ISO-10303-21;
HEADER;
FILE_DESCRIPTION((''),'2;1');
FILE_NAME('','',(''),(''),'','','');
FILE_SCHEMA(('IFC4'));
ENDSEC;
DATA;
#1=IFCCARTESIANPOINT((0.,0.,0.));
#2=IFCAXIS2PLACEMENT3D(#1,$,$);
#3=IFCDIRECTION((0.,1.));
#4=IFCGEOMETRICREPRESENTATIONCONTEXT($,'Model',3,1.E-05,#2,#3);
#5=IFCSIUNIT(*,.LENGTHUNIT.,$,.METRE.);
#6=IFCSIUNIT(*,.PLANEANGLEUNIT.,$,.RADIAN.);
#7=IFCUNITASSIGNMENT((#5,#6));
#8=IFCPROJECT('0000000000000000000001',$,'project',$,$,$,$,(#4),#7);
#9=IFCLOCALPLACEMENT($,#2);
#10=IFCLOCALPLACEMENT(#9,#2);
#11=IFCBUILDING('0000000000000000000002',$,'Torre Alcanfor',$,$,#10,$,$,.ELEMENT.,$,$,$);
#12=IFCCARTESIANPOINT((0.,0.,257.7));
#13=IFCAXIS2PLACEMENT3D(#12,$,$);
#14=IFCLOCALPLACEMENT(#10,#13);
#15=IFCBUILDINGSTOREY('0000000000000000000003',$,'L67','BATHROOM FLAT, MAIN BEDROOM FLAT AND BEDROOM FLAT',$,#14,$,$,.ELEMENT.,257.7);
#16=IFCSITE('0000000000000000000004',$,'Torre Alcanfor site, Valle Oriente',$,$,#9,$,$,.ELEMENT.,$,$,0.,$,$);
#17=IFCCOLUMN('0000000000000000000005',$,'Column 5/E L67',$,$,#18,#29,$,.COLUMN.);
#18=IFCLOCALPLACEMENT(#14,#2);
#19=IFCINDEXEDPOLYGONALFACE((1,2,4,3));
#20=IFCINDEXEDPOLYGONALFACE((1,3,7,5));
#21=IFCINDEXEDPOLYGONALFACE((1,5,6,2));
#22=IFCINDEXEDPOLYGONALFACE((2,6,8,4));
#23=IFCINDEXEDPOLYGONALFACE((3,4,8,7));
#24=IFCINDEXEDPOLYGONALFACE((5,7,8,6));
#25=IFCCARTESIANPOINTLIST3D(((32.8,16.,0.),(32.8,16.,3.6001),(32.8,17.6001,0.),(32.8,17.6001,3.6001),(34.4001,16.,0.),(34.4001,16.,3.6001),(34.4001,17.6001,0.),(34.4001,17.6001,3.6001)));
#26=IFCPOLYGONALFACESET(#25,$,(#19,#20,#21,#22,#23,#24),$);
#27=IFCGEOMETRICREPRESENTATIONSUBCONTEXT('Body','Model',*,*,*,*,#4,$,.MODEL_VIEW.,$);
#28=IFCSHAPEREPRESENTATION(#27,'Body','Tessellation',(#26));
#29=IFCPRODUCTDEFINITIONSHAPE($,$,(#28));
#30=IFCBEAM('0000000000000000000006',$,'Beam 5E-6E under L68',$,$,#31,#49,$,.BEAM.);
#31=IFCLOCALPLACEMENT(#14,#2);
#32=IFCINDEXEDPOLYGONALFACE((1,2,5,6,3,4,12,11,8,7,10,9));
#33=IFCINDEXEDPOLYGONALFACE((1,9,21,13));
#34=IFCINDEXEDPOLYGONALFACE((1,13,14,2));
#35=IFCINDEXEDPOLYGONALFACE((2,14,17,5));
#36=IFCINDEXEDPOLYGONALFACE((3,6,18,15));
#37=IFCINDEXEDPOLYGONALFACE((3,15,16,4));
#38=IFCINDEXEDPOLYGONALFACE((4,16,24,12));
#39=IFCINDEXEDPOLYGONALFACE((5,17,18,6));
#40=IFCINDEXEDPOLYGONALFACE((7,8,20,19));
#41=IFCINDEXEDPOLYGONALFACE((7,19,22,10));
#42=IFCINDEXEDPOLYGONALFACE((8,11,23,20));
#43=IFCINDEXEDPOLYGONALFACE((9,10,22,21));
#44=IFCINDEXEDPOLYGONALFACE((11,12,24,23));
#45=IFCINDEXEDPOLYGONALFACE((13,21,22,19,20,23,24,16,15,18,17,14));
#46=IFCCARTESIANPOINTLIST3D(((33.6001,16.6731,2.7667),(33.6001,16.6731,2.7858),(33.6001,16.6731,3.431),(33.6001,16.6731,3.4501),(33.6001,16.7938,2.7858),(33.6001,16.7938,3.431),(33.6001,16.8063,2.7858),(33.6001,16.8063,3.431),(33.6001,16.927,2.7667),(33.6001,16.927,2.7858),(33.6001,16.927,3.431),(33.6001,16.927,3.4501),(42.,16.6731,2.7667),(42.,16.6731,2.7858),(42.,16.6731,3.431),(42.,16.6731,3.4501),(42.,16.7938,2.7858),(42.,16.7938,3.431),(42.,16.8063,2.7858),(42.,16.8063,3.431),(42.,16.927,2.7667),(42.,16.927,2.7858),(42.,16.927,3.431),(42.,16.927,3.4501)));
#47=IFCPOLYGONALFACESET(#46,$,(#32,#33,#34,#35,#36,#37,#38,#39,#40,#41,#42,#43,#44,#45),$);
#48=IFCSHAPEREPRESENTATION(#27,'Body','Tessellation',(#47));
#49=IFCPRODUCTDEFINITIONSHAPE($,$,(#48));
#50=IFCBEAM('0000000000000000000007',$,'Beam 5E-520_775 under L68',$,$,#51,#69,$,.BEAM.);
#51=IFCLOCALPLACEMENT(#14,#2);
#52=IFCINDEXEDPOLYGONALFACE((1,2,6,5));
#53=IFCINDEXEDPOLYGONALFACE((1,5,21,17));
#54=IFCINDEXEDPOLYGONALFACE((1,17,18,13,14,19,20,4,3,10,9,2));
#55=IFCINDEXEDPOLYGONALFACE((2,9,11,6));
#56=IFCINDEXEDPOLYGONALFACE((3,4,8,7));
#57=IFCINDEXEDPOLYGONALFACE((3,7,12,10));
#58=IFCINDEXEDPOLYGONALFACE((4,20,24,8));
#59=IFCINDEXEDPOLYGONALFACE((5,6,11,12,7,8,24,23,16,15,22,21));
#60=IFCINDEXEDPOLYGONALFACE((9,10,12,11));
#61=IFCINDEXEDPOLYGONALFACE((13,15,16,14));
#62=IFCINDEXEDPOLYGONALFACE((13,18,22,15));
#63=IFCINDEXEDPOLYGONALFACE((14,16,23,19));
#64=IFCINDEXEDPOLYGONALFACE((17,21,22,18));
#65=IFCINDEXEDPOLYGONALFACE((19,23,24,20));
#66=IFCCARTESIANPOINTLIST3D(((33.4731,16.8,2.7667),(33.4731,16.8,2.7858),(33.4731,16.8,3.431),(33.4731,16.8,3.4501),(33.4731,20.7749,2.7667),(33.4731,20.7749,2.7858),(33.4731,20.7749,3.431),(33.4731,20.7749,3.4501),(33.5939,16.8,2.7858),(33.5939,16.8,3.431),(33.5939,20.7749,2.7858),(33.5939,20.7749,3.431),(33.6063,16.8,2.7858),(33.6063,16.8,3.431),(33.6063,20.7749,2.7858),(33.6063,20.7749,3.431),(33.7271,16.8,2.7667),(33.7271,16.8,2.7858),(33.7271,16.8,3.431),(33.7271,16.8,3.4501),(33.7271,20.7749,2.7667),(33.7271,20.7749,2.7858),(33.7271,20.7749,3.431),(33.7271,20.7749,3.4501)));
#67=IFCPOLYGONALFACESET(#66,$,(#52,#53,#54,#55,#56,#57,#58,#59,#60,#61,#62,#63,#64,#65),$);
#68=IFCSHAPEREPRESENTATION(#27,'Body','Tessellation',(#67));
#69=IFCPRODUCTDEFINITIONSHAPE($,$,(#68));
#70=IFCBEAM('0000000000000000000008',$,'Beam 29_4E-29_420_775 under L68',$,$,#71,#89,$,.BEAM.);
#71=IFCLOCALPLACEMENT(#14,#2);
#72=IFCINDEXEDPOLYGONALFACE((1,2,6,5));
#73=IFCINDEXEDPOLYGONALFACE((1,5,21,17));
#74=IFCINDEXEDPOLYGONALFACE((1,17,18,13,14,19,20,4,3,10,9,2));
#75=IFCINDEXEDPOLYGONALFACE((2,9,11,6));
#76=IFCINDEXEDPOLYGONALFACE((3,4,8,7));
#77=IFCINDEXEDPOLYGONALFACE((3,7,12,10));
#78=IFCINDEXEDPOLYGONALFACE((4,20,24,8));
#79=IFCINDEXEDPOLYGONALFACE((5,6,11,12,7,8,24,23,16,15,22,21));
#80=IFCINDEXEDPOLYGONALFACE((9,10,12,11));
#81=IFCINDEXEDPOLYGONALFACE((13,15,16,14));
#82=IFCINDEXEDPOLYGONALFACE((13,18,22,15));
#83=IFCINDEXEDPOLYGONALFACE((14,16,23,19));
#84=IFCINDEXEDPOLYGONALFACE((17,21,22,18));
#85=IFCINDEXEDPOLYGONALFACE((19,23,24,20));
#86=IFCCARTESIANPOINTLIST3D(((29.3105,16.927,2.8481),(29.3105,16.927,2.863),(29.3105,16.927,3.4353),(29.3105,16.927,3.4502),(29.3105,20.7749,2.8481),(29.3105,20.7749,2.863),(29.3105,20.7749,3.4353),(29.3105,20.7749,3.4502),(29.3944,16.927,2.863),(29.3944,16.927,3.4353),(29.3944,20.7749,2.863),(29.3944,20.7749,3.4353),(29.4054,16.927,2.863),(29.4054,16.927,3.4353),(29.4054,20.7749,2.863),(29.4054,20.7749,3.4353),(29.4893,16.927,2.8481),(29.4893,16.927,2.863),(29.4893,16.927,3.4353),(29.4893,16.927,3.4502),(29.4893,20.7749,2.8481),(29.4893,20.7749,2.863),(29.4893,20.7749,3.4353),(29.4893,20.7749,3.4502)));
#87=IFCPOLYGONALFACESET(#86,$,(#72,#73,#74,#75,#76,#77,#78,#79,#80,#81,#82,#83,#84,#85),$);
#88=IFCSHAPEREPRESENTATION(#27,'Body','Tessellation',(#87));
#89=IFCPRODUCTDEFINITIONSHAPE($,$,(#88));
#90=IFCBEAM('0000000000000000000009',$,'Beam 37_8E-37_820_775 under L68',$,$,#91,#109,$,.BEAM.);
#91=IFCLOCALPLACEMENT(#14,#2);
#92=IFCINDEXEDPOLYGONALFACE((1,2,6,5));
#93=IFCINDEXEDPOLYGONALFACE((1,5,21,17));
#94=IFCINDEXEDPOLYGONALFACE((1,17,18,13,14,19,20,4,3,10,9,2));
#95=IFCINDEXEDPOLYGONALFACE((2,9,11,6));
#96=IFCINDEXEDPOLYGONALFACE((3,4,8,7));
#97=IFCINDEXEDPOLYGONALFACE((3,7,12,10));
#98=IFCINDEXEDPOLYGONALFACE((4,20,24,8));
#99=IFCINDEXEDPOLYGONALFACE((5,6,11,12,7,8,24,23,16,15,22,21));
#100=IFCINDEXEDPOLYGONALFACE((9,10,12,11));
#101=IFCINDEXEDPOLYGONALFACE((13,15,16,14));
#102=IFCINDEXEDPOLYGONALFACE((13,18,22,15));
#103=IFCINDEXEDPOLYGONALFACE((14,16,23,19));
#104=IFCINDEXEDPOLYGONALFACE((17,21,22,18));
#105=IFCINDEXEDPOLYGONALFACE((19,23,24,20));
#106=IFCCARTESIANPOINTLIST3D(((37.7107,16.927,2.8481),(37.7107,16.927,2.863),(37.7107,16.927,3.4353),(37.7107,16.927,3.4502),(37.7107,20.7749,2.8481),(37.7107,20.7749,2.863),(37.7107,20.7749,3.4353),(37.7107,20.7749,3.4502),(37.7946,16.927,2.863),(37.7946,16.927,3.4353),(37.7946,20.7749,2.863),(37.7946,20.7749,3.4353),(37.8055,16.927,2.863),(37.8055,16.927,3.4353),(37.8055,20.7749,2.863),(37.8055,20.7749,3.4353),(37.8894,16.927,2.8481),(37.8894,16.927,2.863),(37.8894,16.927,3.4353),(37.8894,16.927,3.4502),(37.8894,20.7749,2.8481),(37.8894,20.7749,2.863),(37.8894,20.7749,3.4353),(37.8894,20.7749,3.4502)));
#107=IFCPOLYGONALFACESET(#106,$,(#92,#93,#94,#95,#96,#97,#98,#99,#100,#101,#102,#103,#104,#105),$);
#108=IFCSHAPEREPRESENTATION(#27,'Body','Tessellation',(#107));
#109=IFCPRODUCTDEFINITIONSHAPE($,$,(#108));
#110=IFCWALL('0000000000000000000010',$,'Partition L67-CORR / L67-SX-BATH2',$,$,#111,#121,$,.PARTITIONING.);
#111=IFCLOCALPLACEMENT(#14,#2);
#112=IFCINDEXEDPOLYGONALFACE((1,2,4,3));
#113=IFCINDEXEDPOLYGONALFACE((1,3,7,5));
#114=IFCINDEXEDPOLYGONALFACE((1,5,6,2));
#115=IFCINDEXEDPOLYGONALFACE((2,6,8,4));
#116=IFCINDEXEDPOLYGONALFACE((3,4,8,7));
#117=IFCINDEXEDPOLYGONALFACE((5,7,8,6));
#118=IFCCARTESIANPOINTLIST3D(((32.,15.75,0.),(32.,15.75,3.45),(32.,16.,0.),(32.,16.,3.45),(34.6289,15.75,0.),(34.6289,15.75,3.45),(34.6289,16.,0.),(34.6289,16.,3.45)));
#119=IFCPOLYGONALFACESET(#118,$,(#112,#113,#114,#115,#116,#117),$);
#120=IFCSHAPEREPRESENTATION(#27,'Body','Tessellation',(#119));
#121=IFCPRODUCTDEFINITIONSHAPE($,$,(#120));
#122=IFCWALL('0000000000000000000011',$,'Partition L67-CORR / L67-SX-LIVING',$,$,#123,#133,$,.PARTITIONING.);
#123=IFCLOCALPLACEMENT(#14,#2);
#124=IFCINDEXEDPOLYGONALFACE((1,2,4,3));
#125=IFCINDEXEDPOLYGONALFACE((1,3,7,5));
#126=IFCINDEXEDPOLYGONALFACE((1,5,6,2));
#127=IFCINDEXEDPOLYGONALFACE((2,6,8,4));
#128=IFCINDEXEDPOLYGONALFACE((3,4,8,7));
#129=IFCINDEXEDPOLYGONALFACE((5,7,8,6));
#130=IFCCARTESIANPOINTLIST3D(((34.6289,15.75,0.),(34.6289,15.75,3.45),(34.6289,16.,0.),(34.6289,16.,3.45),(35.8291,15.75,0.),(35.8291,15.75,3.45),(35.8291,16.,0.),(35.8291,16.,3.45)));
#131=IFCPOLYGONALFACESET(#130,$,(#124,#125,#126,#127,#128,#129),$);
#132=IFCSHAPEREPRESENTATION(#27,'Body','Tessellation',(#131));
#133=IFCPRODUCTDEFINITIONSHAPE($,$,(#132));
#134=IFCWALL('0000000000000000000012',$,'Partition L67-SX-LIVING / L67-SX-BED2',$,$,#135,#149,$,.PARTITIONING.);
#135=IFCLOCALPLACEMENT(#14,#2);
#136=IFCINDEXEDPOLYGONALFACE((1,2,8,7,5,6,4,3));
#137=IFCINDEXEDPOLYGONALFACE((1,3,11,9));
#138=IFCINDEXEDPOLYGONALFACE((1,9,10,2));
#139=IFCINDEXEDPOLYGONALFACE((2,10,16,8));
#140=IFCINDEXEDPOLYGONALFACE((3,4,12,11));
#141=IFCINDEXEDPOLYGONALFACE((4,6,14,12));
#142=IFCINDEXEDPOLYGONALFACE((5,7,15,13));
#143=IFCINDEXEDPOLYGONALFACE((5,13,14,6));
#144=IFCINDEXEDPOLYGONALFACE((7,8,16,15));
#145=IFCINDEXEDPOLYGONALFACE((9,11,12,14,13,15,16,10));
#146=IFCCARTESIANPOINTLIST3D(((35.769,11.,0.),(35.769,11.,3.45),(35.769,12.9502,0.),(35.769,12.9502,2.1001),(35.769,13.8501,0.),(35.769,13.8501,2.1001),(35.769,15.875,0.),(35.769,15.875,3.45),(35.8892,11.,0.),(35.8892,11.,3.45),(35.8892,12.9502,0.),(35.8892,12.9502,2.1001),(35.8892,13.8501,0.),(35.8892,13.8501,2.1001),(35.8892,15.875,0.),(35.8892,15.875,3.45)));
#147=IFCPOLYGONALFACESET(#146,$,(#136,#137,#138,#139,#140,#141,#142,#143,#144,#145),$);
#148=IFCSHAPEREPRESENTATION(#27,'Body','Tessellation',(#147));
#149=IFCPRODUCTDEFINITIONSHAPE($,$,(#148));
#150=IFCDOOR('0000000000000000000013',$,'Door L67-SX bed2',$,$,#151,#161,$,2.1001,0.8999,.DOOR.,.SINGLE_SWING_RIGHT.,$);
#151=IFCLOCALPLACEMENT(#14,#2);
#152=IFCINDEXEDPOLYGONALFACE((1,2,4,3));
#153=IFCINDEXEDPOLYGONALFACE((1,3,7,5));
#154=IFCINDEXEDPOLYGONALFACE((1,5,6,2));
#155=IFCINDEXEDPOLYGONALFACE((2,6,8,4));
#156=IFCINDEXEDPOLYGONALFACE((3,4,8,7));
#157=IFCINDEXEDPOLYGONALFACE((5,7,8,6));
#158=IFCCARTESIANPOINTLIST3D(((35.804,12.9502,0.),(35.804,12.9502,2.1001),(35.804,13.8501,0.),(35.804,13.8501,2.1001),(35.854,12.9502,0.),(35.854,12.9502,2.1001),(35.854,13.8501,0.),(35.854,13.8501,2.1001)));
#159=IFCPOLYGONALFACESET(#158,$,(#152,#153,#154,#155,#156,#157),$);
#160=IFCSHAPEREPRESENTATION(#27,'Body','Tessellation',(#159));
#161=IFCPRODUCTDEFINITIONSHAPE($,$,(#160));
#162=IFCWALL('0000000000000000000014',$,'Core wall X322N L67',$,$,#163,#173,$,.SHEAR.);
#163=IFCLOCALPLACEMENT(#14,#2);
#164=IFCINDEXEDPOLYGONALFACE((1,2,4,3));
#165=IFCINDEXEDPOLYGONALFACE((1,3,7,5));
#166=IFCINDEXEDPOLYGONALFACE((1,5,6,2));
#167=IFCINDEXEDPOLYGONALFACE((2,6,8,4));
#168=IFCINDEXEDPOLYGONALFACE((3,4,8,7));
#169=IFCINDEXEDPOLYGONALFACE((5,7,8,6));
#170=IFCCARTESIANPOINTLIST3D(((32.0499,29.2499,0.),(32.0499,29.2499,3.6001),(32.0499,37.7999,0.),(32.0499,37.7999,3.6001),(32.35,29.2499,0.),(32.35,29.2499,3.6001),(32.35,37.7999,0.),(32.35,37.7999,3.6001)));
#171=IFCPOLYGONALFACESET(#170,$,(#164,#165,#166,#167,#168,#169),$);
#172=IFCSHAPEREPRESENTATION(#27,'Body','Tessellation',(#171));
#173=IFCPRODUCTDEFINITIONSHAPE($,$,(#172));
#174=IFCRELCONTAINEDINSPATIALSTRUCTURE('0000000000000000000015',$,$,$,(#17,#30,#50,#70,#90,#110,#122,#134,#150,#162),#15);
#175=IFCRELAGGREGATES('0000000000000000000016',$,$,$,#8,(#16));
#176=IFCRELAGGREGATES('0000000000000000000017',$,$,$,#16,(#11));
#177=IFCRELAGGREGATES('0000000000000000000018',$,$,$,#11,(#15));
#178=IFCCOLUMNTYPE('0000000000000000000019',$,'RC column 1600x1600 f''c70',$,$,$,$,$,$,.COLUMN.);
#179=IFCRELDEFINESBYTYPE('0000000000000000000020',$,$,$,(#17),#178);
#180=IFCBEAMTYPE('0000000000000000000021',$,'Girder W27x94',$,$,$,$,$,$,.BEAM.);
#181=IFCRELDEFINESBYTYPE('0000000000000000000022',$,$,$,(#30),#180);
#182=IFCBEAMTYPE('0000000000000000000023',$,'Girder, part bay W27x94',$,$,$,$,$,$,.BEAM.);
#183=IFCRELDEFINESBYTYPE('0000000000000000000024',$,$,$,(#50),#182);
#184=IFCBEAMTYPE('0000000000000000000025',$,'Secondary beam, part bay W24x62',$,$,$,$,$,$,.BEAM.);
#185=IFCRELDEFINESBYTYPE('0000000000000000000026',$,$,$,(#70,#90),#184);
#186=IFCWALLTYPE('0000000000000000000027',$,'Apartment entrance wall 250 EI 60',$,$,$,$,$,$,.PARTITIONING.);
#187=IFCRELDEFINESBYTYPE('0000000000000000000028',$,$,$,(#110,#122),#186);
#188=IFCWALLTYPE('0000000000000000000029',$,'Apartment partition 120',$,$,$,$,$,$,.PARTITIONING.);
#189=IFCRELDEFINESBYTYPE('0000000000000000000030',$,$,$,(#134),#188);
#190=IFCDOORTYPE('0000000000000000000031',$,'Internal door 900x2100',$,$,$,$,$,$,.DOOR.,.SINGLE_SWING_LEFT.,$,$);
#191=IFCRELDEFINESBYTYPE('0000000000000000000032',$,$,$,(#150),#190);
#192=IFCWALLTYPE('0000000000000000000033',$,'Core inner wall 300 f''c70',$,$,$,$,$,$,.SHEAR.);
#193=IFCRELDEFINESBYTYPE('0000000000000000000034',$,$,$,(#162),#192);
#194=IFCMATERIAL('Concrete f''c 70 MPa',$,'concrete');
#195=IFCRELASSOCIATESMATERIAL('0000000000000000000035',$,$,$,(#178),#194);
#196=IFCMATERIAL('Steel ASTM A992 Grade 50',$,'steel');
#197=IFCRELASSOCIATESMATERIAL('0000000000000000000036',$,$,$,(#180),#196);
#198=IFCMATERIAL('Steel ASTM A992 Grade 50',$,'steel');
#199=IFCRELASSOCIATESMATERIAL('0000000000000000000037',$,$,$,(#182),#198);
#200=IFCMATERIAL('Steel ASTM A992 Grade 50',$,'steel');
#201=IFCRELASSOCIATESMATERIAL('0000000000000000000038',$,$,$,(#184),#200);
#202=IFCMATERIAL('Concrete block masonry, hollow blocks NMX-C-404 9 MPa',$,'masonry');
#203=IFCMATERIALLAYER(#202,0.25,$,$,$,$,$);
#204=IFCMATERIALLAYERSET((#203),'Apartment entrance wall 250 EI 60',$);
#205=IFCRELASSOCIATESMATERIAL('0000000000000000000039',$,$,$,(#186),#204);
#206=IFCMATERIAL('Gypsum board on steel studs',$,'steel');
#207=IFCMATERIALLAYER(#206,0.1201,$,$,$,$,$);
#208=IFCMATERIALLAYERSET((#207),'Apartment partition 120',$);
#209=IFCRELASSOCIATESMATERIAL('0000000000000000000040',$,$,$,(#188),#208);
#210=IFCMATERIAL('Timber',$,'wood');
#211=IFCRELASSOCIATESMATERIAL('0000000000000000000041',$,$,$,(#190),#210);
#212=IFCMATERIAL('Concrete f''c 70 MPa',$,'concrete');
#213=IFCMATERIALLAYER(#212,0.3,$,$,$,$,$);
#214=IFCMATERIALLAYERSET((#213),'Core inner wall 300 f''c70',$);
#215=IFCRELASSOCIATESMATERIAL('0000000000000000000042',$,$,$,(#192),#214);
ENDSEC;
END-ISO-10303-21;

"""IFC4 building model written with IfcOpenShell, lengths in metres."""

from ifc_helpers import new_model, si_unit, direction, frame, frame_2d, origin, origin_2d, place, context, subcontext, project, spatial, rectangle, i_section, extrude, material, layer, layer_set, material_profile, profile_set, type_object, element, fill, save


model = new_model("IFC4")

# Units and contexts
model_context = context("Model", 3, precision=1e-05, world=origin(), true_north=direction((0.0, 1.0)))
body_context = subcontext(model_context, "Body", "Model", "MODEL_VIEW")
ifc_project = project(units=[si_unit("LENGTHUNIT", "METRE"), si_unit("PLANEANGLEUNIT", "RADIAN")], contexts=[model_context])

# Site, building, storey
site_placement = place(None, origin())
site = spatial("IfcSite", under=ifc_project, at=site_placement, Name="Torre Alcanfor site, Valle Oriente", CompositionType="ELEMENT", RefElevation=0.0)
building_placement = place(site_placement, origin())
building = spatial("IfcBuilding", under=site, at=building_placement, Name="Torre Alcanfor", CompositionType="ELEMENT")
storey_placement = place(building_placement, frame((0.0, 0.0, 257.7)))
storey = spatial("IfcBuildingStorey", under=building, at=storey_placement, Name="L67", Description="BATHROOM FLAT, MAIN BEDROOM FLAT AND BEDROOM FLAT", CompositionType="ELEMENT", Elevation=257.7)

# Column
ifc_material_1 = material(Name="Concrete f'c 70 MPa", Category="concrete")
ifc_material_profile_1 = material_profile(ifc_material_1, rectangle(XDim=1.6001, YDim=1.6001, at=origin_2d()), Name="1600x1600")
ifc_profile_set_1 = profile_set([ifc_material_profile_1], Name="Concrete f'c 70 MPa")
column_type = type_object("IfcColumnType", Name="RC column 1600x1600 f'c70", PredefinedType="COLUMN", material=ifc_profile_set_1)
column_placement = place(storey_placement, frame((33.6001, 16.8, 0.0), z_axis=(0.0, 0.0, 1.0), x_axis=(1.0, 0.0, 0.0)))
element("IfcColumn", 1, at=column_placement, inside=storey, type_object=column_type, Name="Column 5/E L67", PredefinedType="COLUMN", context=body_context, shape_type="SweptSolid", body=[
    extrude(rectangle(XDim=1.6001, YDim=1.6001, at=origin_2d()), origin(), (0.0, 0.0, 1.0), 3.6001),
])

# Beams
ifc_material_2 = material(Name="Steel ASTM A992 Grade 50", Category="steel")
ifc_material_profile_2 = material_profile(ifc_material_2, i_section(OverallWidth=0.2539, OverallDepth=0.6833, WebThickness=0.0125, FlangeThickness=0.019, at=origin_2d()), Name="W27x94")
ifc_profile_set_2 = profile_set([ifc_material_profile_2], Name="Steel ASTM A992 Grade 50")
beam_type_1 = type_object("IfcBeamType", Name="Girder W27x94", PredefinedType="BEAM", material=ifc_profile_set_2)
beam_1_placement = place(storey_placement, frame((33.6001, 16.8, 3.1084), z_axis=(1.0, 0.0, 0.0), x_axis=(0.0, 1.0, 0.0)))
element("IfcBeam", 2, at=beam_1_placement, inside=storey, type_object=beam_type_1, Name="Beam 5E-6E under L68", PredefinedType="BEAM", context=body_context, shape_type="SweptSolid", body=[
    extrude(i_section(OverallWidth=0.2539, OverallDepth=0.6833, WebThickness=0.0125, FlangeThickness=0.019, at=origin_2d()), origin(), (0.0, 0.0, 1.0), 8.3999),
])
ifc_material_3 = material(Name="Steel ASTM A992 Grade 50", Category="steel")
ifc_material_profile_3 = material_profile(ifc_material_3, i_section(OverallWidth=0.2539, OverallDepth=0.6833, WebThickness=0.0125, FlangeThickness=0.019, at=origin_2d()), Name="W27x94")
ifc_profile_set_3 = profile_set([ifc_material_profile_3], Name="Steel ASTM A992 Grade 50")
beam_type_2 = type_object("IfcBeamType", Name="Girder, part bay W27x94", PredefinedType="BEAM", material=ifc_profile_set_3)
beam_2_placement = place(storey_placement, frame((33.6001, 16.8, 3.1084), z_axis=(0.0, 1.0, 0.0), x_axis=(-1.0, 0.0, 0.0)))
element("IfcBeam", 3, at=beam_2_placement, inside=storey, type_object=beam_type_2, Name="Beam 5E-520_775 under L68", PredefinedType="BEAM", context=body_context, shape_type="SweptSolid", body=[
    extrude(i_section(OverallWidth=0.2539, OverallDepth=0.6833, WebThickness=0.0125, FlangeThickness=0.019, at=origin_2d()), origin(), (0.0, 0.0, 1.0), 3.9749),
])
ifc_material_4 = material(Name="Steel ASTM A992 Grade 50", Category="steel")
ifc_material_profile_4 = material_profile(ifc_material_4, i_section(OverallWidth=0.1787, OverallDepth=0.6021, WebThickness=0.011, FlangeThickness=0.0149, at=origin_2d()), Name="W24x62")
ifc_profile_set_4 = profile_set([ifc_material_profile_4], Name="Steel ASTM A992 Grade 50")
beam_type_3 = type_object("IfcBeamType", Name="Secondary beam, part bay W24x62", PredefinedType="BEAM", material=ifc_profile_set_4)
for number, where, z_axis, x_axis, name in (
    (4, (29.3999, 16.927, 3.1492), (0.0, 1.0, 0.0), (-1.0, 0.0, 0.0), "Beam 29_4E-29_420_775 under L68"),
    (5, (37.8, 16.927, 3.1492), (0.0, 1.0, 0.0), (-1.0, 0.0, 0.0), "Beam 37_8E-37_820_775 under L68"),
):
    element("IfcBeam", number, at=place(storey_placement, frame(where, z_axis=z_axis, x_axis=x_axis)), inside=storey, type_object=beam_type_3, Name=name, PredefinedType="BEAM", context=body_context, shape_type="SweptSolid", body=[
        extrude(i_section(OverallWidth=0.1787, OverallDepth=0.6021, WebThickness=0.011, FlangeThickness=0.0149, at=origin_2d()), origin(), (0.0, 0.0, 1.0), 3.8479),
    ])

# Walls
ifc_material_5 = material(Name="Concrete block masonry, hollow blocks NMX-C-404 9 MPa", Category="masonry")
ifc_layer_1 = layer(ifc_material_5, 0.25)
ifc_layer_set_1 = layer_set([ifc_layer_1], Name="Apartment entrance wall 250 EI 60")
wall_type_1 = type_object("IfcWallType", Name="Apartment entrance wall 250 EI 60", PredefinedType="PARTITIONING", material=ifc_layer_set_1)
wall_1_placement = place(storey_placement, frame((34.6289, 15.875, 0.0), z_axis=(0.0, 0.0, 1.0), x_axis=(-1.0, 0.0, 0.0)))
element("IfcWall", 6, at=wall_1_placement, inside=storey, type_object=wall_type_1, Name="Partition L67-CORR / L67-SX-BATH2", PredefinedType="PARTITIONING", context=body_context, shape_type="SweptSolid", body=[
    extrude(rectangle(XDim=2.6289, YDim=0.25, at=frame_2d((1.3145, 0.0))), origin(), (0.0, 0.0, 1.0), 3.45),
])
wall_2_placement = place(storey_placement, frame((35.8291, 15.875, 0.0), z_axis=(0.0, 0.0, 1.0), x_axis=(-1.0, 0.0, 0.0)))
element("IfcWall", 7, at=wall_2_placement, inside=storey, type_object=wall_type_1, Name="Partition L67-CORR / L67-SX-LIVING", PredefinedType="PARTITIONING", context=body_context, shape_type="SweptSolid", body=[
    extrude(rectangle(XDim=1.2002, YDim=0.25, at=frame_2d((0.6001, 0.0))), origin(), (0.0, 0.0, 1.0), 3.45),
])

# Wall, opening, door
ifc_material_6 = material(Name="Gypsum board on steel studs", Category="steel")
ifc_layer_2 = layer(ifc_material_6, 0.1201)
ifc_layer_set_2 = layer_set([ifc_layer_2], Name="Apartment partition 120")
wall_type_2 = type_object("IfcWallType", Name="Apartment partition 120", PredefinedType="PARTITIONING", material=ifc_layer_set_2)
wall_3_placement = place(storey_placement, frame((35.8291, 15.875, 0.0), z_axis=(0.0, 0.0, 1.0), x_axis=(0.0, -1.0, 0.0)))
wall_3 = element("IfcWall", 8, at=wall_3_placement, inside=storey, type_object=wall_type_2, Name="Partition L67-SX-LIVING / L67-SX-BED2", PredefinedType="PARTITIONING", context=body_context, shape_type="SweptSolid", body=[
    extrude(rectangle(XDim=4.875, YDim=0.1201, at=frame_2d((2.4375, 0.0))), origin(), (0.0, 0.0, 1.0), 3.45),
])
opening_1_placement = place(wall_3_placement, frame((2.0249, 0.0, 0.0)))
opening_1 = element("IfcOpeningElement", 9, at=opening_1_placement, cuts=wall_3, PredefinedType="OPENING", context=body_context, shape_type="SweptSolid", body=[
    extrude(rectangle(XDim=0.8999, YDim=2.1001, at=frame_2d((0.45, 1.05))), frame((0.0, 0.0701, 0.0), z_axis=(0.0, -1.0, 0.0), x_axis=(1.0, 0.0, 0.0)), (0.0, 0.0, 1.0), 0.1401),
])
ifc_material_7 = material(Name="Timber", Category="wood")
door_type_1 = type_object("IfcDoorType", Name="Internal door 900x2100", OperationType="SINGLE_SWING_LEFT", PredefinedType="DOOR", material=ifc_material_7)
door_1_placement = place(opening_1_placement, origin())
door_1 = element("IfcDoor", 10, at=door_1_placement, inside=storey, type_object=door_type_1, Name="Door L67-SX bed2", OperationType="SINGLE_SWING_RIGHT", OverallHeight=2.1001, OverallWidth=0.8999, PredefinedType="DOOR", context=body_context, shape_type="SweptSolid", body=[
    extrude(rectangle(XDim=0.8999, YDim=2.1001, at=frame_2d((0.45, 1.05))), frame((0.0, 0.0249, 0.0), z_axis=(0.0, -1.0, 0.0), x_axis=(1.0, 0.0, 0.0)), (0.0, 0.0, 1.0), 0.05),
])
fill(opening_1, door_1)

# Wall
ifc_material_8 = material(Name="Concrete f'c 70 MPa", Category="concrete")
ifc_layer_3 = layer(ifc_material_8, 0.3)
ifc_layer_set_3 = layer_set([ifc_layer_3], Name="Core inner wall 300 f'c70")
wall_type_3 = type_object("IfcWallType", Name="Core inner wall 300 f'c70", PredefinedType="SHEAR", material=ifc_layer_set_3)
wall_4_placement = place(storey_placement, frame((32.2, 29.25, 0.0), z_axis=(0.0, 0.0, 1.0), x_axis=(0.0, 1.0, 0.0)))
element("IfcWall", 11, at=wall_4_placement, inside=storey, type_object=wall_type_3, Name="Core wall X322N L67", PredefinedType="SHEAR", context=body_context, shape_type="SweptSolid", body=[
    extrude(rectangle(XDim=8.55, YDim=0.3, at=frame_2d((4.2749, 0.0))), origin(), (0.0, 0.0, 1.0), 3.6001),
])

save(model, "model.ifc")
